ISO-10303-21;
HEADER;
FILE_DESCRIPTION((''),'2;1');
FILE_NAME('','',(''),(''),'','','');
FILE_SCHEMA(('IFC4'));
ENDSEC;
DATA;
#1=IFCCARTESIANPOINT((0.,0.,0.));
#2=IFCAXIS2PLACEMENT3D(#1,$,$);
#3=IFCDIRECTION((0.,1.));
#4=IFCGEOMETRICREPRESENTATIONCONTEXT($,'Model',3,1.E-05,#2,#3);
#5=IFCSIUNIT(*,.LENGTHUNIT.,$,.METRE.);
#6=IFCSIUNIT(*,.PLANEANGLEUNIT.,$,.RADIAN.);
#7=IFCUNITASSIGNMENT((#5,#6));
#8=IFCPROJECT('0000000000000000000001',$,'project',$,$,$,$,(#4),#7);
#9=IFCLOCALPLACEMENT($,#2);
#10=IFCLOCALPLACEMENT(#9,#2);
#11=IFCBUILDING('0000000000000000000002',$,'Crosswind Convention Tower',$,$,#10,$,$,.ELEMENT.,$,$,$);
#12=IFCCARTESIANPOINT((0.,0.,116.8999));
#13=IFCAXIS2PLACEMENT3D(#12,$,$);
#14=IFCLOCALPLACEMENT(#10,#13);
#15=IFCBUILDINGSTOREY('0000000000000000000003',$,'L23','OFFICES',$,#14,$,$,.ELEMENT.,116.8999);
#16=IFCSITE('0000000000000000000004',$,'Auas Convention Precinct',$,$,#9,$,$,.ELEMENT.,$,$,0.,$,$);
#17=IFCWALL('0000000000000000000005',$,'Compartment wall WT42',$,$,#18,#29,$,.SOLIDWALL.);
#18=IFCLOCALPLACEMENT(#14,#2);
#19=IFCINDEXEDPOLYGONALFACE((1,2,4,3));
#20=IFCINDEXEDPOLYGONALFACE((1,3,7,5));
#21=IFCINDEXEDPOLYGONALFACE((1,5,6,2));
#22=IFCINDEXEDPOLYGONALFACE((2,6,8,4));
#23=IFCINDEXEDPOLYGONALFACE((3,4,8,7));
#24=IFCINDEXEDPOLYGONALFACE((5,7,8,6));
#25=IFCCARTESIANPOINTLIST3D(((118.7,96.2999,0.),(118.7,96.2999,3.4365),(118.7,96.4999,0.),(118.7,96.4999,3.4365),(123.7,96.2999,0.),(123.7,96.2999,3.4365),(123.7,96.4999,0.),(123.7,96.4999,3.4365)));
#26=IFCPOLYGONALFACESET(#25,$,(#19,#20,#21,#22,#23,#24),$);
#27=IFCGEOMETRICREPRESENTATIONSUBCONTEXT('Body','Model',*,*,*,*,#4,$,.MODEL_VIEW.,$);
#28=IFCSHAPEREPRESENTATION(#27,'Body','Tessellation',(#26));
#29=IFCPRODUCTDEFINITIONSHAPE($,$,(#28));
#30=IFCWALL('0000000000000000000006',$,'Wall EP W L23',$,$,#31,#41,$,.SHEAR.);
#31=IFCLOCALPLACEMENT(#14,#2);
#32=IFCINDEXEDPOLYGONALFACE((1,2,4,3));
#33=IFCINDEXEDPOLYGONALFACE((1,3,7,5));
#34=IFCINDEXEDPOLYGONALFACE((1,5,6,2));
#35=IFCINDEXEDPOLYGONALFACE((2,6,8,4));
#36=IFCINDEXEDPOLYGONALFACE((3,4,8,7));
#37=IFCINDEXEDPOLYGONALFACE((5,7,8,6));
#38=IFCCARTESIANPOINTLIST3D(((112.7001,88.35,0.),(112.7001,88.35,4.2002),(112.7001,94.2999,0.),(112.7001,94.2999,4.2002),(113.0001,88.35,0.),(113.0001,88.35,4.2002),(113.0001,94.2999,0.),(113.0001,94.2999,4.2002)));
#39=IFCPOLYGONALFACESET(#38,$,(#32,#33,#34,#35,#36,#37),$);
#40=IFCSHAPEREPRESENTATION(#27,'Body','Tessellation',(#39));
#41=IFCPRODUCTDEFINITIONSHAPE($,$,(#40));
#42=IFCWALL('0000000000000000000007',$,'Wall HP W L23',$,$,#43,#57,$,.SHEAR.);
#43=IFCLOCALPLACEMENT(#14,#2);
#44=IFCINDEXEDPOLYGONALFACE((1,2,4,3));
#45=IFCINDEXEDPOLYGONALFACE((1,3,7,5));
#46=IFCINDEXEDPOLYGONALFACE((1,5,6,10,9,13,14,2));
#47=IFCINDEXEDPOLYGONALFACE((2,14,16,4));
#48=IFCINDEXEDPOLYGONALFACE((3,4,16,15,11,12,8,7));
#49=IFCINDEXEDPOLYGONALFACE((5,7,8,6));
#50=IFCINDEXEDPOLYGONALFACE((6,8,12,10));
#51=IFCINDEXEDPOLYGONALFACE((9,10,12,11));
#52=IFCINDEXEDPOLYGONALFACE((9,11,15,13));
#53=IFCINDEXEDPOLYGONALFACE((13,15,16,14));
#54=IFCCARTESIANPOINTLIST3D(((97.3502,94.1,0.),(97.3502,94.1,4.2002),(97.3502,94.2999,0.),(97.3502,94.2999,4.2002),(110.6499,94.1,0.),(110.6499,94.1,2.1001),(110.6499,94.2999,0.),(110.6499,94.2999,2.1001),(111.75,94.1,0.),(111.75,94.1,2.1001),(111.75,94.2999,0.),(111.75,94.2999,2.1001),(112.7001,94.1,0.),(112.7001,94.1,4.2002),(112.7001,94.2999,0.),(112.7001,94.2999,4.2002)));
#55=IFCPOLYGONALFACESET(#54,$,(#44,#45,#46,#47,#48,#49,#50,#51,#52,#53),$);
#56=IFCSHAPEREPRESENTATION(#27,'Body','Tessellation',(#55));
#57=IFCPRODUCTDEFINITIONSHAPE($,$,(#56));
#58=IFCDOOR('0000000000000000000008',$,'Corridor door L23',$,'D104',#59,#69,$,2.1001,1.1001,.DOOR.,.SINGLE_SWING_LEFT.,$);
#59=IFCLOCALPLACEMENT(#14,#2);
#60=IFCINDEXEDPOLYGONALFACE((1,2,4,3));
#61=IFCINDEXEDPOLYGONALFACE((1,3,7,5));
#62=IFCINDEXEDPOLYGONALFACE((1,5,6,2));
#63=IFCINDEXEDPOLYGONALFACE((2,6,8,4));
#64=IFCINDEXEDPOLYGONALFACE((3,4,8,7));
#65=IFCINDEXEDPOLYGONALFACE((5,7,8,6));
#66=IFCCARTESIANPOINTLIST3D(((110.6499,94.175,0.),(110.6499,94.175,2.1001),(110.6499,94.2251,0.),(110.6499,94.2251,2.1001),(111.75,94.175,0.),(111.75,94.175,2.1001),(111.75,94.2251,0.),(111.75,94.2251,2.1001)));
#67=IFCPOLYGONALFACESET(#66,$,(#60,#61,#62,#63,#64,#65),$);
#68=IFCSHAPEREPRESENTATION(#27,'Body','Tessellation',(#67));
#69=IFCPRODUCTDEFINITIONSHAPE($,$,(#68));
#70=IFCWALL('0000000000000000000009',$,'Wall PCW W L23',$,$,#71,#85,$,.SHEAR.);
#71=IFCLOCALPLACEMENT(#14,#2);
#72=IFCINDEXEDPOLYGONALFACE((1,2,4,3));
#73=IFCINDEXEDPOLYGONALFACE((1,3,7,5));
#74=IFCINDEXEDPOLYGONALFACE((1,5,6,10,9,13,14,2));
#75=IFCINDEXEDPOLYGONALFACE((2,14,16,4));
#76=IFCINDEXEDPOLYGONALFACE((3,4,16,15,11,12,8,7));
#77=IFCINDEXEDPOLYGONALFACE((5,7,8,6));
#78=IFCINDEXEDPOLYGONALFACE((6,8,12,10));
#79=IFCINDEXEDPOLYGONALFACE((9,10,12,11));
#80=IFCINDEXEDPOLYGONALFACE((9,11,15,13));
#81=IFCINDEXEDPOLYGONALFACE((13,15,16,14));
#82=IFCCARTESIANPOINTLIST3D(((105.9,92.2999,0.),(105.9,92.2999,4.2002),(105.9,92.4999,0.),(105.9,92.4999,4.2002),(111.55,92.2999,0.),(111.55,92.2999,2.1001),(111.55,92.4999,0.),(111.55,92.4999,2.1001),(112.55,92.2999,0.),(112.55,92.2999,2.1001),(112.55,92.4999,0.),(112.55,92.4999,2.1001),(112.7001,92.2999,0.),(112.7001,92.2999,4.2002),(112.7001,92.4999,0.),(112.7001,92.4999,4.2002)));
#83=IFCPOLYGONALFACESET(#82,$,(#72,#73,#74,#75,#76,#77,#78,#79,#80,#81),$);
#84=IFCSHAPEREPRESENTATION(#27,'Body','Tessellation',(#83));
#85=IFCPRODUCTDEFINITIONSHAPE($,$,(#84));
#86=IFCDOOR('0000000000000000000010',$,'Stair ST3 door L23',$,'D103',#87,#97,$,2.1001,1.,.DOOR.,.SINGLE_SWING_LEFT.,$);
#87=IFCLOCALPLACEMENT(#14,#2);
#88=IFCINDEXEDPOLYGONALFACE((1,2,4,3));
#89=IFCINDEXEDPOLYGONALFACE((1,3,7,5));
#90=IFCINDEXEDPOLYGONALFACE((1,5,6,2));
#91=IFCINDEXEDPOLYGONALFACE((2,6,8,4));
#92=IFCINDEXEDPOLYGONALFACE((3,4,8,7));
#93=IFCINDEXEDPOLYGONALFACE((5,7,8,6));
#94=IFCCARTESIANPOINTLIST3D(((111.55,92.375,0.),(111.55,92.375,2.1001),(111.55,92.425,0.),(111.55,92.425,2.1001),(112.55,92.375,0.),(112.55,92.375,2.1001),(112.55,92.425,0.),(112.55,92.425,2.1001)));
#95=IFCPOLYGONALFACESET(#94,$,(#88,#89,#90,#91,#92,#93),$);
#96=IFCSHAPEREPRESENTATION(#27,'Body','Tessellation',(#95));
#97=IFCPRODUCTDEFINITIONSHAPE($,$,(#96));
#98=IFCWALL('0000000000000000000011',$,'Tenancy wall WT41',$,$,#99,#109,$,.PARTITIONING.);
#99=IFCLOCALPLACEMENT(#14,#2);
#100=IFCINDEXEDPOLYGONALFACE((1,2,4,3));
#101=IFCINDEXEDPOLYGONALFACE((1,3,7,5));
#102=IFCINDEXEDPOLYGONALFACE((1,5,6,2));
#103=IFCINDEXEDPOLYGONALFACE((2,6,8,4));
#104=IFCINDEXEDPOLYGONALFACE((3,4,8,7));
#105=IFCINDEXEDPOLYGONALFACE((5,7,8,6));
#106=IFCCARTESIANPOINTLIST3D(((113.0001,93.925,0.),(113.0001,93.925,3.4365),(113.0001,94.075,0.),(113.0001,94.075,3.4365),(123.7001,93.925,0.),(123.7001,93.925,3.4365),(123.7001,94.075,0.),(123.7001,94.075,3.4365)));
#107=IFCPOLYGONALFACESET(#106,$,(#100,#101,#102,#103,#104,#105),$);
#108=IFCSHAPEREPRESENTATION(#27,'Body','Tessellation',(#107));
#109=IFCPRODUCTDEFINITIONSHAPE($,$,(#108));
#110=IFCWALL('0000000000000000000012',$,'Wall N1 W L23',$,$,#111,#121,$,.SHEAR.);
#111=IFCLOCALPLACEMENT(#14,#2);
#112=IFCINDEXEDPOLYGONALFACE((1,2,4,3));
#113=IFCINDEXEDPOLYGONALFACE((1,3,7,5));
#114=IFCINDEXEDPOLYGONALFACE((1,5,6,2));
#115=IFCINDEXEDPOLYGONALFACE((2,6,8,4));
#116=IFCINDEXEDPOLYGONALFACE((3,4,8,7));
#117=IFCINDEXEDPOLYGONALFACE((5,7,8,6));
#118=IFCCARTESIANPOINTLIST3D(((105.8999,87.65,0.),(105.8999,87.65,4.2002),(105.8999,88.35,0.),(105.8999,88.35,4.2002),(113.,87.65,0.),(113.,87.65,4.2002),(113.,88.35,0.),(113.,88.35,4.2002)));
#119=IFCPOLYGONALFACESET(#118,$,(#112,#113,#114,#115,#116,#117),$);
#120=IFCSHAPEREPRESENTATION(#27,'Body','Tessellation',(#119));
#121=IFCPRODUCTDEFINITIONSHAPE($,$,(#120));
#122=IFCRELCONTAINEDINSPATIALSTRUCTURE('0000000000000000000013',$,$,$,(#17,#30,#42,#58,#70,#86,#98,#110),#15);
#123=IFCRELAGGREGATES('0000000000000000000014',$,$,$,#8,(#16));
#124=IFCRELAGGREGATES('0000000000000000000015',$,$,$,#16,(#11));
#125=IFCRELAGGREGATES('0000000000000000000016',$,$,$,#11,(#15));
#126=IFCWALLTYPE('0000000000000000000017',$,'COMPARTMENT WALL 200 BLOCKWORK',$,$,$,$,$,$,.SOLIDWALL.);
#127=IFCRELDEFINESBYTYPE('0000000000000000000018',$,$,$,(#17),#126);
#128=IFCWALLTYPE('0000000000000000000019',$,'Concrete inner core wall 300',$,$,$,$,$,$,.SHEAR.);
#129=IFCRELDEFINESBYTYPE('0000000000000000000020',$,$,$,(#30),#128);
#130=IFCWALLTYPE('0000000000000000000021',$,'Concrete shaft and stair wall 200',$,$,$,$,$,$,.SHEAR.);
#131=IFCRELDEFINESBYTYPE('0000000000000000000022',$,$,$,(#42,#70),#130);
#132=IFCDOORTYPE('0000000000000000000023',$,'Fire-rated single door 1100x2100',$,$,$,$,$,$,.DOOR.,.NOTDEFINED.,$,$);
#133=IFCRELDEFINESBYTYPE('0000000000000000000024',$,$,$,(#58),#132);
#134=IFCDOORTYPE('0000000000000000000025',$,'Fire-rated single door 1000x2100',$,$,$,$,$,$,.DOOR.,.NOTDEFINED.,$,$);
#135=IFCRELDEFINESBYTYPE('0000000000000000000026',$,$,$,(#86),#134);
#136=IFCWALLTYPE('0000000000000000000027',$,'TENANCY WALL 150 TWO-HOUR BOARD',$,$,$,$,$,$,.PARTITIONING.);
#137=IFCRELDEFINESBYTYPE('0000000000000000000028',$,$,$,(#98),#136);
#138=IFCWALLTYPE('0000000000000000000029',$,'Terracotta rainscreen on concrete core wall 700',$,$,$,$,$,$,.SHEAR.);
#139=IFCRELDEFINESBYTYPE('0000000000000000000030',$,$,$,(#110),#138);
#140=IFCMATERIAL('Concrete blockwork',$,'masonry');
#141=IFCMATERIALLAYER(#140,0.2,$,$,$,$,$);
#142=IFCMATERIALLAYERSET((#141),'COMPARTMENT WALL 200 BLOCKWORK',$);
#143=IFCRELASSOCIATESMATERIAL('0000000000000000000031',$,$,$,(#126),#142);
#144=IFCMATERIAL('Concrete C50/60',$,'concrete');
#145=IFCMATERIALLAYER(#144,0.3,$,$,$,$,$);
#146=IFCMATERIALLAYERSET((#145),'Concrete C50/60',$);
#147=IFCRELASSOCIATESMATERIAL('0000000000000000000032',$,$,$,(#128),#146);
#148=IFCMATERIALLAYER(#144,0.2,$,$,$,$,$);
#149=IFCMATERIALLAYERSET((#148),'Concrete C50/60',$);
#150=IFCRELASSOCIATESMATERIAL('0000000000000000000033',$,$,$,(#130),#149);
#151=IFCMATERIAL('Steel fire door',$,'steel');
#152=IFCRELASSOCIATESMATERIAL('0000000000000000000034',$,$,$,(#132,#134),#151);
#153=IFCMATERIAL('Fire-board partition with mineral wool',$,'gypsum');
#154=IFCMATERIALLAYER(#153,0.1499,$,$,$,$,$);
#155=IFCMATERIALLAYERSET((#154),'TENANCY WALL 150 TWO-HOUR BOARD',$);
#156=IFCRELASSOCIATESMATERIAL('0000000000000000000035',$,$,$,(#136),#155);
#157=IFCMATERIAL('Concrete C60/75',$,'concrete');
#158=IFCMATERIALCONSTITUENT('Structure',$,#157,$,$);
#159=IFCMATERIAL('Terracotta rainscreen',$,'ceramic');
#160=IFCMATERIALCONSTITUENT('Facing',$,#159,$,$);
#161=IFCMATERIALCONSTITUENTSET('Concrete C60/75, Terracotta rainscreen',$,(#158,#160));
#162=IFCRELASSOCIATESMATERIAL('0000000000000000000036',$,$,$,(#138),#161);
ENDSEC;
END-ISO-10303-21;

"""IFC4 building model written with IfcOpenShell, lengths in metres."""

from ifc_helpers import new_model, si_unit, direction, frame, frame_2d, origin, place, context, subcontext, project, spatial, rectangle, extrude, material, layer, layer_set, constituent, constituent_set, type_object, element, fill, save


model = new_model("IFC4")

# Units and contexts
model_context = context("Model", 3, precision=1e-05, world=origin(), true_north=direction((0.0, 1.0)))
body_context = subcontext(model_context, "Body", "Model", "MODEL_VIEW")
ifc_project = project(units=[si_unit("LENGTHUNIT", "METRE"), si_unit("PLANEANGLEUNIT", "RADIAN")], contexts=[model_context])

# Site, building, storey
site_placement = place(None, origin())
site = spatial("IfcSite", under=ifc_project, at=site_placement, Name="Auas Convention Precinct", CompositionType="ELEMENT", RefElevation=0.0)
building_placement = place(site_placement, origin())
building = spatial("IfcBuilding", under=site, at=building_placement, Name="Crosswind Convention Tower", CompositionType="ELEMENT")
storey_placement = place(building_placement, frame((0.0, 0.0, 116.8999)))
storey = spatial("IfcBuildingStorey", under=building, at=storey_placement, Name="L23", Description="OFFICES", CompositionType="ELEMENT", Elevation=116.8999)

# Walls
ifc_material_1 = material(Name="Concrete blockwork", Category="masonry")
ifc_layer_1 = layer(ifc_material_1, 0.2)
ifc_layer_set_1 = layer_set([ifc_layer_1], Name="COMPARTMENT WALL 200 BLOCKWORK")
wall_type_1 = type_object("IfcWallType", Name="COMPARTMENT WALL 200 BLOCKWORK", PredefinedType="SOLIDWALL", material=ifc_layer_set_1)
wall_1_placement = place(storey_placement, frame((118.7, 96.3999, 0.0), z_axis=(0.0, 0.0, 1.0), x_axis=(1.0, 0.0, 0.0)))
element("IfcWall", 1, at=wall_1_placement, inside=storey, type_object=wall_type_1, Name="Compartment wall WT42", PredefinedType="SOLIDWALL", context=body_context, shape_type="SweptSolid", body=[
    extrude(rectangle(XDim=5.0, YDim=0.2, at=frame_2d((2.5, 0.0))), origin(), (0.0, 0.0, 1.0), 3.4365),
])
ifc_material_2 = material(Name="Concrete C50/60", Category="concrete")
ifc_layer_2 = layer(ifc_material_2, 0.3)
ifc_layer_set_2 = layer_set([ifc_layer_2], Name="Concrete C50/60")
wall_type_2 = type_object("IfcWallType", Name="Concrete inner core wall 300", PredefinedType="SHEAR", material=ifc_layer_set_2)
wall_2_placement = place(storey_placement, frame((112.8501, 94.3, 0.0), z_axis=(0.0, 0.0, 1.0), x_axis=(0.0, -1.0, 0.0)))
element("IfcWall", 2, at=wall_2_placement, inside=storey, type_object=wall_type_2, Name="Wall EP W L23", PredefinedType="SHEAR", context=body_context, shape_type="SweptSolid", body=[
    extrude(rectangle(XDim=5.95, YDim=0.3, at=frame_2d((2.9751, 0.0))), origin(), (0.0, 0.0, 1.0), 4.2002),
])

# Walls, openings, doors
ifc_layer_3 = layer(ifc_material_2, 0.2)
ifc_layer_set_3 = layer_set([ifc_layer_3], Name="Concrete C50/60")
wall_type_3 = type_object("IfcWallType", Name="Concrete shaft and stair wall 200", PredefinedType="SHEAR", material=ifc_layer_set_3)
wall_3_placement = place(storey_placement, frame((112.7, 94.2, 0.0), z_axis=(0.0, 0.0, 1.0), x_axis=(-1.0, 0.0, 0.0)))
wall_3 = element("IfcWall", 3, at=wall_3_placement, inside=storey, type_object=wall_type_3, Name="Wall HP W L23", PredefinedType="SHEAR", context=body_context, shape_type="SweptSolid", body=[
    extrude(rectangle(XDim=15.3499, YDim=0.2, at=frame_2d((7.6748, 0.0))), origin(), (0.0, 0.0, 1.0), 4.2002),
])
opening_1_placement = place(wall_3_placement, frame((0.95, 0.0, 0.0)))
opening_1 = element("IfcOpeningElement", 4, at=opening_1_placement, cuts=wall_3, PredefinedType="OPENING", context=body_context, shape_type="SweptSolid", body=[
    extrude(rectangle(XDim=1.1001, YDim=2.1001, at=frame_2d((0.55, 1.05))), frame((0.0, 0.1099, 0.0), z_axis=(0.0, -1.0, 0.0), x_axis=(1.0, 0.0, 0.0)), (0.0, 0.0, 1.0), 0.22),
])
ifc_material_3 = material(Name="Steel fire door", Category="steel")
door_type_1 = type_object("IfcDoorType", Name="Fire-rated single door 1100x2100", OperationType="NOTDEFINED", PredefinedType="DOOR", material=ifc_material_3)
door_1_placement = place(opening_1_placement, origin())
door_1 = element("IfcDoor", 5, at=door_1_placement, inside=storey, type_object=door_type_1, Name="Corridor door L23", ObjectType="D104", OperationType="SINGLE_SWING_LEFT", OverallHeight=2.1001, OverallWidth=1.1001, PredefinedType="DOOR", context=body_context, shape_type="SweptSolid", body=[
    extrude(rectangle(XDim=1.1001, YDim=2.1001, at=frame_2d((0.55, 1.05))), frame((0.0, 0.0249, 0.0), z_axis=(0.0, -1.0, 0.0), x_axis=(1.0, 0.0, 0.0)), (0.0, 0.0, 1.0), 0.05),
])
fill(opening_1, door_1)
wall_4_placement = place(storey_placement, frame((112.7, 92.3999, 0.0), z_axis=(0.0, 0.0, 1.0), x_axis=(-1.0, 0.0, 0.0)))
wall_4 = element("IfcWall", 6, at=wall_4_placement, inside=storey, type_object=wall_type_3, Name="Wall PCW W L23", PredefinedType="SHEAR", context=body_context, shape_type="SweptSolid", body=[
    extrude(rectangle(XDim=6.8, YDim=0.2, at=frame_2d((3.3999, 0.0))), origin(), (0.0, 0.0, 1.0), 4.2002),
])
opening_2_placement = place(wall_4_placement, frame((0.1499, 0.0, 0.0)))
opening_2 = element("IfcOpeningElement", 7, at=opening_2_placement, cuts=wall_4, PredefinedType="OPENING", context=body_context, shape_type="SweptSolid", body=[
    extrude(rectangle(XDim=1.0, YDim=2.1001, at=frame_2d((0.5, 1.05))), frame((0.0, 0.1099, 0.0), z_axis=(0.0, -1.0, 0.0), x_axis=(1.0, 0.0, 0.0)), (0.0, 0.0, 1.0), 0.22),
])
door_type_2 = type_object("IfcDoorType", Name="Fire-rated single door 1000x2100", OperationType="NOTDEFINED", PredefinedType="DOOR", material=ifc_material_3)
door_2_placement = place(opening_2_placement, origin())
door_2 = element("IfcDoor", 8, at=door_2_placement, inside=storey, type_object=door_type_2, Name="Stair ST3 door L23", ObjectType="D103", OperationType="SINGLE_SWING_LEFT", OverallHeight=2.1001, OverallWidth=1.0, PredefinedType="DOOR", context=body_context, shape_type="SweptSolid", body=[
    extrude(rectangle(XDim=1.0, YDim=2.1001, at=frame_2d((0.5, 1.05))), frame((0.0, 0.0249, 0.0), z_axis=(0.0, -1.0, 0.0), x_axis=(1.0, 0.0, 0.0)), (0.0, 0.0, 1.0), 0.05),
])
fill(opening_2, door_2)

# Walls
ifc_material_4 = material(Name="Fire-board partition with mineral wool", Category="gypsum")
ifc_layer_4 = layer(ifc_material_4, 0.1499)
ifc_layer_set_4 = layer_set([ifc_layer_4], Name="TENANCY WALL 150 TWO-HOUR BOARD")
wall_type_4 = type_object("IfcWallType", Name="TENANCY WALL 150 TWO-HOUR BOARD", PredefinedType="PARTITIONING", material=ifc_layer_set_4)
wall_5_placement = place(storey_placement, frame((113.0, 94.0, 0.0), z_axis=(0.0, 0.0, 1.0), x_axis=(1.0, 0.0, 0.0)))
element("IfcWall", 9, at=wall_5_placement, inside=storey, type_object=wall_type_4, Name="Tenancy wall WT41", PredefinedType="PARTITIONING", context=body_context, shape_type="SweptSolid", body=[
    extrude(rectangle(XDim=10.7, YDim=0.1499, at=frame_2d((5.3501, 0.0))), origin(), (0.0, 0.0, 1.0), 3.4365),
])
ifc_material_5 = material(Name="Concrete C60/75", Category="concrete")
ifc_constituent_1 = constituent(ifc_material_5, Name="Structure")
ifc_material_6 = material(Name="Terracotta rainscreen", Category="ceramic")
ifc_constituent_2 = constituent(ifc_material_6, Name="Facing")
ifc_constituent_set = constituent_set(constituents=[ifc_constituent_1, ifc_constituent_2], Name="Concrete C60/75, Terracotta rainscreen")
wall_type_5 = type_object("IfcWallType", Name="Terracotta rainscreen on concrete core wall 700", PredefinedType="SHEAR", material=ifc_constituent_set)
wall_6_placement = place(storey_placement, frame((113.0, 88.0, 0.0), z_axis=(0.0, 0.0, 1.0), x_axis=(-1.0, 0.0, 0.0)))
element("IfcWall", 10, at=wall_6_placement, inside=storey, type_object=wall_type_5, Name="Wall N1 W L23", PredefinedType="SHEAR", context=body_context, shape_type="SweptSolid", body=[
    extrude(rectangle(XDim=7.1001, YDim=0.7, at=frame_2d((3.55, 0.0))), origin(), (0.0, 0.0, 1.0), 4.2002),
])

save(model, "model.ifc")
